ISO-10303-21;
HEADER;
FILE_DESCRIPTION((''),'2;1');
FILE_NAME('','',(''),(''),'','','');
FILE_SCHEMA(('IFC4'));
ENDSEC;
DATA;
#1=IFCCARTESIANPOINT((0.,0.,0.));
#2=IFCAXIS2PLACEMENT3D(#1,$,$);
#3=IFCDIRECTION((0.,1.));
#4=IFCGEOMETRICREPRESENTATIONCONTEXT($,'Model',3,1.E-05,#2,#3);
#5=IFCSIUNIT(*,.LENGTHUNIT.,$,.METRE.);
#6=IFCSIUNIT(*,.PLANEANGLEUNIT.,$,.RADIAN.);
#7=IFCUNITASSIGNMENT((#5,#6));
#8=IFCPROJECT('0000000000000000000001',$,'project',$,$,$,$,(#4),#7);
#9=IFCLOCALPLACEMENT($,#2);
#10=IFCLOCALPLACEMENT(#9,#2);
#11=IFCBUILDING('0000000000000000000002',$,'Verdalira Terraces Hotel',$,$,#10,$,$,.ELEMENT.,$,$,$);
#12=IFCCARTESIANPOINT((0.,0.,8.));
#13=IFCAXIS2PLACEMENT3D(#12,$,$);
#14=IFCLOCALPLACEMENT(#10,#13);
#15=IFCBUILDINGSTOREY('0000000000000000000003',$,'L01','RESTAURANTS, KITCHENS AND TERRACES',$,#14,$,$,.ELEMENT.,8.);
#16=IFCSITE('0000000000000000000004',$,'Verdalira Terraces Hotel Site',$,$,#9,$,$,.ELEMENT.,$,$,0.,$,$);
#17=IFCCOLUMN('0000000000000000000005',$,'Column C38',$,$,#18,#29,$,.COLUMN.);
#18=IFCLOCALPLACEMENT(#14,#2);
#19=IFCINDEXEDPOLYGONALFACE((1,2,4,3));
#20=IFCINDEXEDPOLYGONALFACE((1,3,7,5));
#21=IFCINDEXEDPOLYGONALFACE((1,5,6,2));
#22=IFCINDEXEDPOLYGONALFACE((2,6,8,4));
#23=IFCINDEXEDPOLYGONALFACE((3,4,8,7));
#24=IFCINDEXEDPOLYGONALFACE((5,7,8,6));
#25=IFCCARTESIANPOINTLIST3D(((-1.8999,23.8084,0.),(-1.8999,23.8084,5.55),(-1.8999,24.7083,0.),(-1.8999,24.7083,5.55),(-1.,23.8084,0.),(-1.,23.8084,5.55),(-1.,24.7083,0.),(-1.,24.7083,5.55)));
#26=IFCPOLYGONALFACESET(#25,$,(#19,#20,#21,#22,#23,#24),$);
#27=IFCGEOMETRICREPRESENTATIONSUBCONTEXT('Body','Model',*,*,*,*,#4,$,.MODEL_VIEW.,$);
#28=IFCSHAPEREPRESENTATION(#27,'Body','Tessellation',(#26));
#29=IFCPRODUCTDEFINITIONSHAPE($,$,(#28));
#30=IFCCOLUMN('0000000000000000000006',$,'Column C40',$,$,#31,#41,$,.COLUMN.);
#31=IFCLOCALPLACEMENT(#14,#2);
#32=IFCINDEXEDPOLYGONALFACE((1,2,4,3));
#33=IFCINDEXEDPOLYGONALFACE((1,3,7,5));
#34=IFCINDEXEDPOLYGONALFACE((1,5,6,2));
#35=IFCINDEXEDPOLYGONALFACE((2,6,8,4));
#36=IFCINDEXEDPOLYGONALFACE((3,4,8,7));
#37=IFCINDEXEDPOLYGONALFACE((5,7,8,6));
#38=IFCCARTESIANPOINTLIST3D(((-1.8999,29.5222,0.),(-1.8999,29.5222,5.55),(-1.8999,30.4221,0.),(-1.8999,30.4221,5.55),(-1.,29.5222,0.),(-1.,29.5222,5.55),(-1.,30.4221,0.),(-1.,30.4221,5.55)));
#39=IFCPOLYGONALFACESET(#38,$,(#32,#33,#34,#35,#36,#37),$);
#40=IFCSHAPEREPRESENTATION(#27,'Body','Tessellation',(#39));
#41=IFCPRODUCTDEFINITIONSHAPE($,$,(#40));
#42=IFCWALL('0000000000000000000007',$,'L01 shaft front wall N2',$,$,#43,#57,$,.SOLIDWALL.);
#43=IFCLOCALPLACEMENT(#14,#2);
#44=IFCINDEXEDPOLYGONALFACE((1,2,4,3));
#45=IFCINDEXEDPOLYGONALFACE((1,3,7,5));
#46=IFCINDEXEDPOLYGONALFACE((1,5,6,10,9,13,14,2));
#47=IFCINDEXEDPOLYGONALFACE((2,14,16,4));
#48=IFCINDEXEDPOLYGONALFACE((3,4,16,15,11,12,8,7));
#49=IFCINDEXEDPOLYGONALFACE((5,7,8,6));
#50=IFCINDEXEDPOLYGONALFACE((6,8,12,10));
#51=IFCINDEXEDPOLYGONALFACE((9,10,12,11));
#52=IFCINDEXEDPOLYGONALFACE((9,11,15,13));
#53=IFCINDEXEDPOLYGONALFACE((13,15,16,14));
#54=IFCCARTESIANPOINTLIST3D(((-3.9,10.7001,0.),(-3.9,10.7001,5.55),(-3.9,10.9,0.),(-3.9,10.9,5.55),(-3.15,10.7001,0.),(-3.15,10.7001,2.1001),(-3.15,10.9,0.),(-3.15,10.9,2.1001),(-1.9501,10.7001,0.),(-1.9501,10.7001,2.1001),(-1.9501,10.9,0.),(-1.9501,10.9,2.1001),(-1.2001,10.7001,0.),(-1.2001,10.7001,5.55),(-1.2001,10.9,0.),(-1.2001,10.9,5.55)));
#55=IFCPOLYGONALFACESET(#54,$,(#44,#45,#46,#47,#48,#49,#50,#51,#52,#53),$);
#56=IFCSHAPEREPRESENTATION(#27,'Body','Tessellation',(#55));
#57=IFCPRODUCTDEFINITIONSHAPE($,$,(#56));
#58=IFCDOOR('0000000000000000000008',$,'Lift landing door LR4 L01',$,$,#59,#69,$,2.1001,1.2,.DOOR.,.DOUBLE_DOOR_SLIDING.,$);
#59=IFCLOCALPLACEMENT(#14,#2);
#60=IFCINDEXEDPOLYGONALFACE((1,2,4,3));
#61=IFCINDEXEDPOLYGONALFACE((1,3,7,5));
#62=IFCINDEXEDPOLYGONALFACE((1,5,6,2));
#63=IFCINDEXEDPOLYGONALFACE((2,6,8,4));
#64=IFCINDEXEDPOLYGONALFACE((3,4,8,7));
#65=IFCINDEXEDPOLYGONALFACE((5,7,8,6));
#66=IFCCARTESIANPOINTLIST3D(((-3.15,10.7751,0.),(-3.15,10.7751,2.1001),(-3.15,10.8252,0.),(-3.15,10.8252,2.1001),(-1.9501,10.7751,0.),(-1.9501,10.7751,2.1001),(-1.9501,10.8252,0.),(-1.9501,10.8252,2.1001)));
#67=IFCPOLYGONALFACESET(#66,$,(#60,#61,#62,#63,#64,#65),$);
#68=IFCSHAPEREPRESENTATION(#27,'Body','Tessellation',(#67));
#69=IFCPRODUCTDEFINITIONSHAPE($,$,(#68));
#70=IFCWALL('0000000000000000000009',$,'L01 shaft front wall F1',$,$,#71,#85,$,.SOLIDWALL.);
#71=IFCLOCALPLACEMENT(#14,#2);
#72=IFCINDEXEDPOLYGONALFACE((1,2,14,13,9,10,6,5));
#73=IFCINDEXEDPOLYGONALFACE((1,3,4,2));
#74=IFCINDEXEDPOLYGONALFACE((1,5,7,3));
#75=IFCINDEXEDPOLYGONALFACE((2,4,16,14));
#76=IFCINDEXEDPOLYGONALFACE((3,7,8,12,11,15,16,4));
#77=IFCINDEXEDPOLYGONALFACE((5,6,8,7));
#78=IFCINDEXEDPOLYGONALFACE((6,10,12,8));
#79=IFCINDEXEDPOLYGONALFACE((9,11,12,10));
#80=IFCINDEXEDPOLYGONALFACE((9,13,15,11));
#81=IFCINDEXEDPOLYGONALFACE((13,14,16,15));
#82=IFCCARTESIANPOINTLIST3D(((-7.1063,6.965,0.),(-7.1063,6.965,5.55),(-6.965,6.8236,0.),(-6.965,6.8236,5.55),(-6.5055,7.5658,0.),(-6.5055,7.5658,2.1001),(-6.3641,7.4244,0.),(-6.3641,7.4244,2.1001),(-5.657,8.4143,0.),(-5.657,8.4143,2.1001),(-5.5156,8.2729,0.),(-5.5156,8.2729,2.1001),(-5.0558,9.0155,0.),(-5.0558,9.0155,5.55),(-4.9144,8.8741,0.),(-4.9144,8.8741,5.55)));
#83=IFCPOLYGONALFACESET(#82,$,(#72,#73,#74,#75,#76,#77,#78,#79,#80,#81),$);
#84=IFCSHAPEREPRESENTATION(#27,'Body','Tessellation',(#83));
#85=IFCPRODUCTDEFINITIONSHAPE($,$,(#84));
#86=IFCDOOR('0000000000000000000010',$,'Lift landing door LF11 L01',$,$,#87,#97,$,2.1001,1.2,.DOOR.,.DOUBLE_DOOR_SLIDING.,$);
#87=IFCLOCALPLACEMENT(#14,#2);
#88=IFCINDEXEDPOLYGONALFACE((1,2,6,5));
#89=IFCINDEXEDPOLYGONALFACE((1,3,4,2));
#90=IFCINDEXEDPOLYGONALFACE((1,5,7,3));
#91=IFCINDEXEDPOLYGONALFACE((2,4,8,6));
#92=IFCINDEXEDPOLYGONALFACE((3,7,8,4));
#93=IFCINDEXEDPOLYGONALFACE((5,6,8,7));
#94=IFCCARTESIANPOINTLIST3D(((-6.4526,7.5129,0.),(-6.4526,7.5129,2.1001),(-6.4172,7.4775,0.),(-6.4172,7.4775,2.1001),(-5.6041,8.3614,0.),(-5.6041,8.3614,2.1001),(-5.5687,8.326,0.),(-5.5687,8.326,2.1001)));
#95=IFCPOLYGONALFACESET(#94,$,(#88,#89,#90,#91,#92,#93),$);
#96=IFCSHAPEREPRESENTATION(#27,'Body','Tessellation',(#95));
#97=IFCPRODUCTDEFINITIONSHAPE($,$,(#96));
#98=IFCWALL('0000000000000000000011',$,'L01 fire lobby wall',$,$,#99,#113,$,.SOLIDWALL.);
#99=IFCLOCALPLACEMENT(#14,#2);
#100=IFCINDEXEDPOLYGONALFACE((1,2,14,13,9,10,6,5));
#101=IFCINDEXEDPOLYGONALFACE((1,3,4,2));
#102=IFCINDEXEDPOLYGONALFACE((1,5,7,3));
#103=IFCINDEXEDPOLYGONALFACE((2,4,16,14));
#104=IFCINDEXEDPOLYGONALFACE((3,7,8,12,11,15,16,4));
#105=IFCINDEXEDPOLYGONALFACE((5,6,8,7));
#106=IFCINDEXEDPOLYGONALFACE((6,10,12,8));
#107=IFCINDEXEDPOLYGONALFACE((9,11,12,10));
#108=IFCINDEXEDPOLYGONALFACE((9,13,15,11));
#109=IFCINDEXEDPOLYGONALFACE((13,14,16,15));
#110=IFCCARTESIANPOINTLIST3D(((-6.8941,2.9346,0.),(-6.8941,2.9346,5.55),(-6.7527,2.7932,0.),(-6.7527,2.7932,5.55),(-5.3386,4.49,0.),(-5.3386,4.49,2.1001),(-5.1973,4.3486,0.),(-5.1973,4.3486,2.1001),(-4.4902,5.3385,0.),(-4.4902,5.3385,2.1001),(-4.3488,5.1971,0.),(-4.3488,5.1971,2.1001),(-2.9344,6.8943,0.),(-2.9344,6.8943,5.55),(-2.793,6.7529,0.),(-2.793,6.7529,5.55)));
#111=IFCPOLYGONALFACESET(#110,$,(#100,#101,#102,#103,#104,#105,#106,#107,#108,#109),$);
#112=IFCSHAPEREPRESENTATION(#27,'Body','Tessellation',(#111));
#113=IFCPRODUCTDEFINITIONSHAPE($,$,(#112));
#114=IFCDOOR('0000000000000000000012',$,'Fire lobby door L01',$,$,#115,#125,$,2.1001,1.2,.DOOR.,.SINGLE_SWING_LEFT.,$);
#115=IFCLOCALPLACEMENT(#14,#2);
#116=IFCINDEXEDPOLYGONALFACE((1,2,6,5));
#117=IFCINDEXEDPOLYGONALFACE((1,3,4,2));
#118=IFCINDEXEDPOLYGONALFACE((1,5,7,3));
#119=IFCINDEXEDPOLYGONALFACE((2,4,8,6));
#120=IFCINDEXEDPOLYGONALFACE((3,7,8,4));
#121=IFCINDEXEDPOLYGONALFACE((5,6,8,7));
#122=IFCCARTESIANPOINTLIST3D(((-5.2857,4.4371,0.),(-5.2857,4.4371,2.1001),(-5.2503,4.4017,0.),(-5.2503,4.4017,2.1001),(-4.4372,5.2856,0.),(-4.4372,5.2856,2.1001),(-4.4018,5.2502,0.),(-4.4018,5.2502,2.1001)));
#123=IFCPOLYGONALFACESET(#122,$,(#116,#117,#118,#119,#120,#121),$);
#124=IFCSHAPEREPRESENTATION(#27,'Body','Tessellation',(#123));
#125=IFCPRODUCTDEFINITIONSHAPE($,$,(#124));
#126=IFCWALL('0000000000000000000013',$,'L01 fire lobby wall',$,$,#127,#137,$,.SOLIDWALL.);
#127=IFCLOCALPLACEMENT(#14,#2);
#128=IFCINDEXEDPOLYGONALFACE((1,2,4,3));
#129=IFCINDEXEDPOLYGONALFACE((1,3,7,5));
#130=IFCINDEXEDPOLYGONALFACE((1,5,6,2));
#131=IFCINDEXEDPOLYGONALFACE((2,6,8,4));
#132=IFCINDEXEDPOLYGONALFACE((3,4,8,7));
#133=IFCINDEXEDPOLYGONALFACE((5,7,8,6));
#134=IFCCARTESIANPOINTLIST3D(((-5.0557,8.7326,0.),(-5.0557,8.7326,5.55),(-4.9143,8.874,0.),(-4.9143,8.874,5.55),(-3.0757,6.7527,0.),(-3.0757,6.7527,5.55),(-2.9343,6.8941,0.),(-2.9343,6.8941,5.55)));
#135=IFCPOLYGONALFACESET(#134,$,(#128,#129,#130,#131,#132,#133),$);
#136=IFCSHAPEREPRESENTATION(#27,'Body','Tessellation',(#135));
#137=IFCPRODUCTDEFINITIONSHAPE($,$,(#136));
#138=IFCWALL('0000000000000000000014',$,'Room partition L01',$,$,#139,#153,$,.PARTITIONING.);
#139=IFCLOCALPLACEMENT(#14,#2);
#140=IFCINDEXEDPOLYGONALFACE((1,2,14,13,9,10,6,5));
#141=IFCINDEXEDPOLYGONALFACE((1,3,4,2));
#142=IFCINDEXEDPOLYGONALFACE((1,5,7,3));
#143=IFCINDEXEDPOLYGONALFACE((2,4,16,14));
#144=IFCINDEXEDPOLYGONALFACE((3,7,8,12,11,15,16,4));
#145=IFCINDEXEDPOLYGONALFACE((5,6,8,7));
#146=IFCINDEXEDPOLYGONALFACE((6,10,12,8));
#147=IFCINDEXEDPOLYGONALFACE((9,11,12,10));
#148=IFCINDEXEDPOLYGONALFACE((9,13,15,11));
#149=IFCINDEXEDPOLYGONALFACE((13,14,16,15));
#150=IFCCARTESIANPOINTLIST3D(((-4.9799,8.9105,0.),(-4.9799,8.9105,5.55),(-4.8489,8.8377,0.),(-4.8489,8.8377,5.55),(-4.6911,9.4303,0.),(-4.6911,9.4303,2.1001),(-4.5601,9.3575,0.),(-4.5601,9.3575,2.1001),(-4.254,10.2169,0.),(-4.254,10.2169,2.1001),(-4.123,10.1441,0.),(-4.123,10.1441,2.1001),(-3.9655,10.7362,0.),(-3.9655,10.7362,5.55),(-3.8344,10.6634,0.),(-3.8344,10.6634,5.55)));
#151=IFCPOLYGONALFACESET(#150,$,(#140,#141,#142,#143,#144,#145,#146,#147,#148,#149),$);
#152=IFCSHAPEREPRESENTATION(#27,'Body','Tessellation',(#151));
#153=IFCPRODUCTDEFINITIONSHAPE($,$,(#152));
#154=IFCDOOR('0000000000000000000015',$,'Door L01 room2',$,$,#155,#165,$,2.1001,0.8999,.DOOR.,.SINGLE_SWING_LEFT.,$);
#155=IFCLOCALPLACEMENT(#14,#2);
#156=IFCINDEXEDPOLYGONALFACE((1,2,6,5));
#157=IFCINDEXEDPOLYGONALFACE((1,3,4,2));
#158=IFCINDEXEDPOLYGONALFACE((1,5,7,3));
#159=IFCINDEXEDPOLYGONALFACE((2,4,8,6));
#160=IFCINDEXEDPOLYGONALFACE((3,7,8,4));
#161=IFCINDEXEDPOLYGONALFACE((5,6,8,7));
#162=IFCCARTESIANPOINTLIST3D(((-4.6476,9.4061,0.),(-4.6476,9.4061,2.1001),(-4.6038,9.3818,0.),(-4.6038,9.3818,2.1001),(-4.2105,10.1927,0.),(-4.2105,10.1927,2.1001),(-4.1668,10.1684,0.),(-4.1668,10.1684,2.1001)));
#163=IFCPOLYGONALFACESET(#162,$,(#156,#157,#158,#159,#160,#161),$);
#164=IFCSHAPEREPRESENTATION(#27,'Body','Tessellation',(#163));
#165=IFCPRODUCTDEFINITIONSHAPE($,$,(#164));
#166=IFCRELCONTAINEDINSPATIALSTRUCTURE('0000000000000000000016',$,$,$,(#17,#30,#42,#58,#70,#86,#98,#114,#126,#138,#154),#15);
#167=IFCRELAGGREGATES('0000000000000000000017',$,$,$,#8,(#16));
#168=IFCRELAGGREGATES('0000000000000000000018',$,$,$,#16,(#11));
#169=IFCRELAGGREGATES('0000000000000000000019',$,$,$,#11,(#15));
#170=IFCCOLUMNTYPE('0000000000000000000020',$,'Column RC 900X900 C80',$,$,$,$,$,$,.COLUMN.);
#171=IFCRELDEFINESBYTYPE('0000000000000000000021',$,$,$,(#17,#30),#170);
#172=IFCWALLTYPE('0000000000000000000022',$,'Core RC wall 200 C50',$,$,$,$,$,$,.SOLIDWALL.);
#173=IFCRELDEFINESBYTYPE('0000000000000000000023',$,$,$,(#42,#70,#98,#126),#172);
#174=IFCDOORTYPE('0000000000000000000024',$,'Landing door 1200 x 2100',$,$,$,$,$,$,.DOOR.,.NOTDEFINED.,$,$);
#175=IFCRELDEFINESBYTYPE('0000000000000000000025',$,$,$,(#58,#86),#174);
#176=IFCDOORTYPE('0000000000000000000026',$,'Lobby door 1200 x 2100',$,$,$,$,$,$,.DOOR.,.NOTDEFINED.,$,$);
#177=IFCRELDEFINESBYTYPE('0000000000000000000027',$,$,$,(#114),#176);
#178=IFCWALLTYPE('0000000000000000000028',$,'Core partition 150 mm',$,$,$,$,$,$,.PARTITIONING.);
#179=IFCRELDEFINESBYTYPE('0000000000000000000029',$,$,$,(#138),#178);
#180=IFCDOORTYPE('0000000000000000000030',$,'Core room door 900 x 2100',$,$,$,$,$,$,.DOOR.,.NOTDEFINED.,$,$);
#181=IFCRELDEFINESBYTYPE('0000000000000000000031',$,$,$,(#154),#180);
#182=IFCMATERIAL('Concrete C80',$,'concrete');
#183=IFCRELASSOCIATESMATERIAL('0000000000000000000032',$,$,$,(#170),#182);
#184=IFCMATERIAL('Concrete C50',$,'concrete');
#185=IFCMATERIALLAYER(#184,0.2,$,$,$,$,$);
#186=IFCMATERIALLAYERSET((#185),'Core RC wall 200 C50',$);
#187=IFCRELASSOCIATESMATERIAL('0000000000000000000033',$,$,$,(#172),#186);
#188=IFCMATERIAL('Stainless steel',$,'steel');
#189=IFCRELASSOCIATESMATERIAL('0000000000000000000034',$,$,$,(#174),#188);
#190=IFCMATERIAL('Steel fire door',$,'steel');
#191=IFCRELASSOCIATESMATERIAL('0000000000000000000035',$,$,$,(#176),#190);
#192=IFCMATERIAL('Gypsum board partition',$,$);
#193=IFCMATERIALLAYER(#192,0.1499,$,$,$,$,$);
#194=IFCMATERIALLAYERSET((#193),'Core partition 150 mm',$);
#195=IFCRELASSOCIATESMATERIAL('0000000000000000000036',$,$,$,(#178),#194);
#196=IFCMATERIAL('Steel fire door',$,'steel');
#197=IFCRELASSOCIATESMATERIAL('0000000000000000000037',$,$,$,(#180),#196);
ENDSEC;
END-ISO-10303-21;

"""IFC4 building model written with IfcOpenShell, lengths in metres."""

from ifc_helpers import new_model, si_unit, direction, frame, frame_2d, origin, origin_2d, place, context, subcontext, project, spatial, rectangle, extrude, material, layer, layer_set, material_profile, profile_set, type_object, element, fill, save


model = new_model("IFC4")

# Units and contexts
model_context = context("Model", 3, precision=1e-05, world=origin(), true_north=direction((0.0, 1.0)))
body_context = subcontext(model_context, "Body", "Model", "MODEL_VIEW")
ifc_project = project(units=[si_unit("LENGTHUNIT", "METRE"), si_unit("PLANEANGLEUNIT", "RADIAN")], contexts=[model_context])

# Site, building, storey
site_placement = place(None, origin())
site = spatial("IfcSite", under=ifc_project, at=site_placement, Name="Verdalira Terraces Hotel Site", CompositionType="ELEMENT", RefElevation=0.0)
building_placement = place(site_placement, origin())
building = spatial("IfcBuilding", under=site, at=building_placement, Name="Verdalira Terraces Hotel", CompositionType="ELEMENT")
storey_placement = place(building_placement, frame((0.0, 0.0, 8.0)))
storey = spatial("IfcBuildingStorey", under=building, at=storey_placement, Name="L01", Description="RESTAURANTS, KITCHENS AND TERRACES", CompositionType="ELEMENT", Elevation=8.0)

# Columns
ifc_material_1 = material(Name="Concrete C80", Category="concrete")
ifc_material_profile = material_profile(ifc_material_1, rectangle(XDim=0.8999, YDim=0.8999, at=origin_2d()), Name="RC 900X900")
ifc_profile_set = profile_set([ifc_material_profile], Name="Concrete C80")
column_type = type_object("IfcColumnType", Name="Column RC 900X900 C80", PredefinedType="COLUMN", material=ifc_profile_set)
for number, where, z_axis, x_axis, name in (
    (1, (-1.45, 24.2583, 0.0), (0.0, 0.0, 1.0), (0.0, 1.0, 0.0), "Column C38"),
    (2, (-1.45, 29.9722, 0.0), (0.0, 0.0, 1.0), (0.0, 1.0, 0.0), "Column C40"),
):
    element("IfcColumn", number, at=place(storey_placement, frame(where, z_axis=z_axis, x_axis=x_axis)), inside=storey, type_object=column_type, Name=name, PredefinedType="COLUMN", context=body_context, shape_type="SweptSolid", body=[
        extrude(rectangle(XDim=0.8999, YDim=0.8999, at=origin_2d()), origin(), (0.0, 0.0, 1.0), 5.55),
    ])

# Walls, openings, doors
ifc_material_2 = material(Name="Concrete C50", Category="concrete")
ifc_layer_1 = layer(ifc_material_2, 0.2)
ifc_layer_set_1 = layer_set([ifc_layer_1], Name="Core RC wall 200 C50")
wall_type_1 = type_object("IfcWallType", Name="Core RC wall 200 C50", PredefinedType="SOLIDWALL", material=ifc_layer_set_1)
wall_1_placement = place(storey_placement, frame((-1.2, 10.8, 0.0), z_axis=(0.0, 0.0, 1.0), x_axis=(-1.0, 0.0, 0.0)))
wall_1 = element("IfcWall", 3, at=wall_1_placement, inside=storey, type_object=wall_type_1, Name="L01 shaft front wall N2", PredefinedType="SOLIDWALL", context=body_context, shape_type="SweptSolid", body=[
    extrude(rectangle(XDim=2.7, YDim=0.2, at=frame_2d((1.3501, 0.0))), origin(), (0.0, 0.0, 1.0), 5.55),
])
opening_1_placement = place(wall_1_placement, frame((0.75, 0.0, 0.0)))
opening_1 = element("IfcOpeningElement", 4, at=opening_1_placement, cuts=wall_1, PredefinedType="OPENING", context=body_context, shape_type="SweptSolid", body=[
    extrude(rectangle(XDim=1.2, YDim=2.1001, at=frame_2d((0.6001, 1.05))), frame((0.0, 0.1099, 0.0), z_axis=(0.0, -1.0, 0.0), x_axis=(1.0, 0.0, 0.0)), (0.0, 0.0, 1.0), 0.22),
])
ifc_material_3 = material(Name="Stainless steel", Category="steel")
door_type_1 = type_object("IfcDoorType", Name="Landing door 1200 x 2100", OperationType="NOTDEFINED", PredefinedType="DOOR", material=ifc_material_3)
door_1_placement = place(opening_1_placement, origin())
door_1 = element("IfcDoor", 5, at=door_1_placement, inside=storey, type_object=door_type_1, Name="Lift landing door LR4 L01", OperationType="DOUBLE_DOOR_SLIDING", OverallHeight=2.1001, OverallWidth=1.2, PredefinedType="DOOR", context=body_context, shape_type="SweptSolid", body=[
    extrude(rectangle(XDim=1.2, YDim=2.1001, at=frame_2d((0.6001, 1.05))), frame((0.0, 0.0249, 0.0), z_axis=(0.0, -1.0, 0.0), x_axis=(1.0, 0.0, 0.0)), (0.0, 0.0, 1.0), 0.05),
])
fill(opening_1, door_1)
wall_2_placement = place(storey_placement, frame((-4.9851, 8.9448, 0.0), z_axis=(0.0, 0.0, 1.0), x_axis=(-0.707107, -0.707107, 0.0)))
wall_2 = element("IfcWall", 6, at=wall_2_placement, inside=storey, type_object=wall_type_1, Name="L01 shaft front wall F1", PredefinedType="SOLIDWALL", context=body_context, shape_type="SweptSolid", body=[
    extrude(rectangle(XDim=2.8999, YDim=0.2, at=frame_2d((1.45, 0.0))), origin(), (0.0, 0.0, 1.0), 5.55),
])
opening_2_placement = place(wall_2_placement, frame((0.8501, 0.0, 0.0)))
opening_2 = element("IfcOpeningElement", 7, at=opening_2_placement, cuts=wall_2, PredefinedType="OPENING", context=body_context, shape_type="SweptSolid", body=[
    extrude(rectangle(XDim=1.2, YDim=2.1001, at=frame_2d((0.6001, 1.05))), frame((0.0, 0.1099, 0.0), z_axis=(0.0, -1.0, 0.0), x_axis=(1.0, 0.0, 0.0)), (0.0, 0.0, 1.0), 0.22),
])
door_2_placement = place(opening_2_placement, origin())
door_2 = element("IfcDoor", 8, at=door_2_placement, inside=storey, type_object=door_type_1, Name="Lift landing door LF11 L01", OperationType="DOUBLE_DOOR_SLIDING", OverallHeight=2.1001, OverallWidth=1.2, PredefinedType="DOOR", context=body_context, shape_type="SweptSolid", body=[
    extrude(rectangle(XDim=1.2, YDim=2.1001, at=frame_2d((0.6001, 1.05))), frame((0.0, 0.0249, 0.0), z_axis=(0.0, -1.0, 0.0), x_axis=(1.0, 0.0, 0.0)), (0.0, 0.0, 1.0), 0.05),
])
fill(opening_2, door_2)
wall_3_placement = place(storey_placement, frame((-2.8638, 6.8235, 0.0), z_axis=(0.0, 0.0, 1.0), x_axis=(-0.707107, -0.707107, 0.0)))
wall_3 = element("IfcWall", 9, at=wall_3_placement, inside=storey, type_object=wall_type_1, Name="L01 fire lobby wall", PredefinedType="SOLIDWALL", context=body_context, shape_type="SweptSolid", body=[
    extrude(rectangle(XDim=5.5999, YDim=0.2, at=frame_2d((2.7998, 0.0))), origin(), (0.0, 0.0, 1.0), 5.55),
])
opening_3_placement = place(wall_3_placement, frame((2.2, 0.0, 0.0)))
opening_3 = element("IfcOpeningElement", 10, at=opening_3_placement, cuts=wall_3, PredefinedType="OPENING", context=body_context, shape_type="SweptSolid", body=[
    extrude(rectangle(XDim=1.2, YDim=2.1001, at=frame_2d((0.6001, 1.05))), frame((0.0, 0.1099, 0.0), z_axis=(0.0, -1.0, 0.0), x_axis=(1.0, 0.0, 0.0)), (0.0, 0.0, 1.0), 0.22),
])
ifc_material_4 = material(Name="Steel fire door", Category="steel")
door_type_2 = type_object("IfcDoorType", Name="Lobby door 1200 x 2100", OperationType="NOTDEFINED", PredefinedType="DOOR", material=ifc_material_4)
door_3_placement = place(opening_3_placement, origin())
door_3 = element("IfcDoor", 11, at=door_3_placement, inside=storey, type_object=door_type_2, Name="Fire lobby door L01", OperationType="SINGLE_SWING_LEFT", OverallHeight=2.1001, OverallWidth=1.2, PredefinedType="DOOR", context=body_context, shape_type="SweptSolid", body=[
    extrude(rectangle(XDim=1.2, YDim=2.1001, at=frame_2d((0.6001, 1.05))), frame((0.0, 0.0249, 0.0), z_axis=(0.0, -1.0, 0.0), x_axis=(1.0, 0.0, 0.0)), (0.0, 0.0, 1.0), 0.05),
])
fill(opening_3, door_3)

# Wall
wall_4_placement = place(storey_placement, frame((-3.0051, 6.8235, 0.0), z_axis=(0.0, 0.0, 1.0), x_axis=(-0.707107, 0.707107, 0.0)))
element("IfcWall", 12, at=wall_4_placement, inside=storey, type_object=wall_type_1, Name="L01 fire lobby wall", PredefinedType="SOLIDWALL", context=body_context, shape_type="SweptSolid", body=[
    extrude(rectangle(XDim=2.8, YDim=0.2, at=frame_2d((1.3999, 0.0))), origin(), (0.0, 0.0, 1.0), 5.55),
])

# Wall, opening, door
ifc_material_5 = material(Name="Gypsum board partition")
ifc_layer_2 = layer(ifc_material_5, 0.1499)
ifc_layer_set_2 = layer_set([ifc_layer_2], Name="Core partition 150 mm")
wall_type_2 = type_object("IfcWallType", Name="Core partition 150 mm", PredefinedType="PARTITIONING", material=ifc_layer_set_2)
wall_5_placement = place(storey_placement, frame((-3.8999, 10.7, 0.0), z_axis=(0.0, 0.0, 1.0), x_axis=(-0.485693, -0.87413, 0.0)))
wall_5 = element("IfcWall", 13, at=wall_5_placement, inside=storey, type_object=wall_type_2, Name="Room partition L01", PredefinedType="PARTITIONING", context=body_context, shape_type="SweptSolid", body=[
    extrude(rectangle(XDim=2.0886, YDim=0.1499, at=frame_2d((1.0444, 0.0))), origin(), (0.0, 0.0, 1.0), 5.55),
])
opening_4_placement = place(wall_5_placement, frame((0.5942, 0.0, 0.0)))
opening_4 = element("IfcOpeningElement", 14, at=opening_4_placement, cuts=wall_5, PredefinedType="OPENING", context=body_context, shape_type="SweptSolid", body=[
    extrude(rectangle(XDim=0.8999, YDim=2.1001, at=frame_2d((0.45, 1.05))), frame((0.0, 0.085, 0.0), z_axis=(0.0, -1.0, 0.0), x_axis=(1.0, 0.0, 0.0)), (0.0, 0.0, 1.0), 0.1699),
])
ifc_material_6 = material(Name="Steel fire door", Category="steel")
door_type_3 = type_object("IfcDoorType", Name="Core room door 900 x 2100", OperationType="NOTDEFINED", PredefinedType="DOOR", material=ifc_material_6)
door_4_placement = place(opening_4_placement, origin())
door_4 = element("IfcDoor", 15, at=door_4_placement, inside=storey, type_object=door_type_3, Name="Door L01 room2", OperationType="SINGLE_SWING_LEFT", OverallHeight=2.1001, OverallWidth=0.8999, PredefinedType="DOOR", context=body_context, shape_type="SweptSolid", body=[
    extrude(rectangle(XDim=0.8999, YDim=2.1001, at=frame_2d((0.45, 1.05))), frame((0.0, 0.0249, 0.0), z_axis=(0.0, -1.0, 0.0), x_axis=(1.0, 0.0, 0.0)), (0.0, 0.0, 1.0), 0.05),
])
fill(opening_4, door_4)

save(model, "model.ifc")
